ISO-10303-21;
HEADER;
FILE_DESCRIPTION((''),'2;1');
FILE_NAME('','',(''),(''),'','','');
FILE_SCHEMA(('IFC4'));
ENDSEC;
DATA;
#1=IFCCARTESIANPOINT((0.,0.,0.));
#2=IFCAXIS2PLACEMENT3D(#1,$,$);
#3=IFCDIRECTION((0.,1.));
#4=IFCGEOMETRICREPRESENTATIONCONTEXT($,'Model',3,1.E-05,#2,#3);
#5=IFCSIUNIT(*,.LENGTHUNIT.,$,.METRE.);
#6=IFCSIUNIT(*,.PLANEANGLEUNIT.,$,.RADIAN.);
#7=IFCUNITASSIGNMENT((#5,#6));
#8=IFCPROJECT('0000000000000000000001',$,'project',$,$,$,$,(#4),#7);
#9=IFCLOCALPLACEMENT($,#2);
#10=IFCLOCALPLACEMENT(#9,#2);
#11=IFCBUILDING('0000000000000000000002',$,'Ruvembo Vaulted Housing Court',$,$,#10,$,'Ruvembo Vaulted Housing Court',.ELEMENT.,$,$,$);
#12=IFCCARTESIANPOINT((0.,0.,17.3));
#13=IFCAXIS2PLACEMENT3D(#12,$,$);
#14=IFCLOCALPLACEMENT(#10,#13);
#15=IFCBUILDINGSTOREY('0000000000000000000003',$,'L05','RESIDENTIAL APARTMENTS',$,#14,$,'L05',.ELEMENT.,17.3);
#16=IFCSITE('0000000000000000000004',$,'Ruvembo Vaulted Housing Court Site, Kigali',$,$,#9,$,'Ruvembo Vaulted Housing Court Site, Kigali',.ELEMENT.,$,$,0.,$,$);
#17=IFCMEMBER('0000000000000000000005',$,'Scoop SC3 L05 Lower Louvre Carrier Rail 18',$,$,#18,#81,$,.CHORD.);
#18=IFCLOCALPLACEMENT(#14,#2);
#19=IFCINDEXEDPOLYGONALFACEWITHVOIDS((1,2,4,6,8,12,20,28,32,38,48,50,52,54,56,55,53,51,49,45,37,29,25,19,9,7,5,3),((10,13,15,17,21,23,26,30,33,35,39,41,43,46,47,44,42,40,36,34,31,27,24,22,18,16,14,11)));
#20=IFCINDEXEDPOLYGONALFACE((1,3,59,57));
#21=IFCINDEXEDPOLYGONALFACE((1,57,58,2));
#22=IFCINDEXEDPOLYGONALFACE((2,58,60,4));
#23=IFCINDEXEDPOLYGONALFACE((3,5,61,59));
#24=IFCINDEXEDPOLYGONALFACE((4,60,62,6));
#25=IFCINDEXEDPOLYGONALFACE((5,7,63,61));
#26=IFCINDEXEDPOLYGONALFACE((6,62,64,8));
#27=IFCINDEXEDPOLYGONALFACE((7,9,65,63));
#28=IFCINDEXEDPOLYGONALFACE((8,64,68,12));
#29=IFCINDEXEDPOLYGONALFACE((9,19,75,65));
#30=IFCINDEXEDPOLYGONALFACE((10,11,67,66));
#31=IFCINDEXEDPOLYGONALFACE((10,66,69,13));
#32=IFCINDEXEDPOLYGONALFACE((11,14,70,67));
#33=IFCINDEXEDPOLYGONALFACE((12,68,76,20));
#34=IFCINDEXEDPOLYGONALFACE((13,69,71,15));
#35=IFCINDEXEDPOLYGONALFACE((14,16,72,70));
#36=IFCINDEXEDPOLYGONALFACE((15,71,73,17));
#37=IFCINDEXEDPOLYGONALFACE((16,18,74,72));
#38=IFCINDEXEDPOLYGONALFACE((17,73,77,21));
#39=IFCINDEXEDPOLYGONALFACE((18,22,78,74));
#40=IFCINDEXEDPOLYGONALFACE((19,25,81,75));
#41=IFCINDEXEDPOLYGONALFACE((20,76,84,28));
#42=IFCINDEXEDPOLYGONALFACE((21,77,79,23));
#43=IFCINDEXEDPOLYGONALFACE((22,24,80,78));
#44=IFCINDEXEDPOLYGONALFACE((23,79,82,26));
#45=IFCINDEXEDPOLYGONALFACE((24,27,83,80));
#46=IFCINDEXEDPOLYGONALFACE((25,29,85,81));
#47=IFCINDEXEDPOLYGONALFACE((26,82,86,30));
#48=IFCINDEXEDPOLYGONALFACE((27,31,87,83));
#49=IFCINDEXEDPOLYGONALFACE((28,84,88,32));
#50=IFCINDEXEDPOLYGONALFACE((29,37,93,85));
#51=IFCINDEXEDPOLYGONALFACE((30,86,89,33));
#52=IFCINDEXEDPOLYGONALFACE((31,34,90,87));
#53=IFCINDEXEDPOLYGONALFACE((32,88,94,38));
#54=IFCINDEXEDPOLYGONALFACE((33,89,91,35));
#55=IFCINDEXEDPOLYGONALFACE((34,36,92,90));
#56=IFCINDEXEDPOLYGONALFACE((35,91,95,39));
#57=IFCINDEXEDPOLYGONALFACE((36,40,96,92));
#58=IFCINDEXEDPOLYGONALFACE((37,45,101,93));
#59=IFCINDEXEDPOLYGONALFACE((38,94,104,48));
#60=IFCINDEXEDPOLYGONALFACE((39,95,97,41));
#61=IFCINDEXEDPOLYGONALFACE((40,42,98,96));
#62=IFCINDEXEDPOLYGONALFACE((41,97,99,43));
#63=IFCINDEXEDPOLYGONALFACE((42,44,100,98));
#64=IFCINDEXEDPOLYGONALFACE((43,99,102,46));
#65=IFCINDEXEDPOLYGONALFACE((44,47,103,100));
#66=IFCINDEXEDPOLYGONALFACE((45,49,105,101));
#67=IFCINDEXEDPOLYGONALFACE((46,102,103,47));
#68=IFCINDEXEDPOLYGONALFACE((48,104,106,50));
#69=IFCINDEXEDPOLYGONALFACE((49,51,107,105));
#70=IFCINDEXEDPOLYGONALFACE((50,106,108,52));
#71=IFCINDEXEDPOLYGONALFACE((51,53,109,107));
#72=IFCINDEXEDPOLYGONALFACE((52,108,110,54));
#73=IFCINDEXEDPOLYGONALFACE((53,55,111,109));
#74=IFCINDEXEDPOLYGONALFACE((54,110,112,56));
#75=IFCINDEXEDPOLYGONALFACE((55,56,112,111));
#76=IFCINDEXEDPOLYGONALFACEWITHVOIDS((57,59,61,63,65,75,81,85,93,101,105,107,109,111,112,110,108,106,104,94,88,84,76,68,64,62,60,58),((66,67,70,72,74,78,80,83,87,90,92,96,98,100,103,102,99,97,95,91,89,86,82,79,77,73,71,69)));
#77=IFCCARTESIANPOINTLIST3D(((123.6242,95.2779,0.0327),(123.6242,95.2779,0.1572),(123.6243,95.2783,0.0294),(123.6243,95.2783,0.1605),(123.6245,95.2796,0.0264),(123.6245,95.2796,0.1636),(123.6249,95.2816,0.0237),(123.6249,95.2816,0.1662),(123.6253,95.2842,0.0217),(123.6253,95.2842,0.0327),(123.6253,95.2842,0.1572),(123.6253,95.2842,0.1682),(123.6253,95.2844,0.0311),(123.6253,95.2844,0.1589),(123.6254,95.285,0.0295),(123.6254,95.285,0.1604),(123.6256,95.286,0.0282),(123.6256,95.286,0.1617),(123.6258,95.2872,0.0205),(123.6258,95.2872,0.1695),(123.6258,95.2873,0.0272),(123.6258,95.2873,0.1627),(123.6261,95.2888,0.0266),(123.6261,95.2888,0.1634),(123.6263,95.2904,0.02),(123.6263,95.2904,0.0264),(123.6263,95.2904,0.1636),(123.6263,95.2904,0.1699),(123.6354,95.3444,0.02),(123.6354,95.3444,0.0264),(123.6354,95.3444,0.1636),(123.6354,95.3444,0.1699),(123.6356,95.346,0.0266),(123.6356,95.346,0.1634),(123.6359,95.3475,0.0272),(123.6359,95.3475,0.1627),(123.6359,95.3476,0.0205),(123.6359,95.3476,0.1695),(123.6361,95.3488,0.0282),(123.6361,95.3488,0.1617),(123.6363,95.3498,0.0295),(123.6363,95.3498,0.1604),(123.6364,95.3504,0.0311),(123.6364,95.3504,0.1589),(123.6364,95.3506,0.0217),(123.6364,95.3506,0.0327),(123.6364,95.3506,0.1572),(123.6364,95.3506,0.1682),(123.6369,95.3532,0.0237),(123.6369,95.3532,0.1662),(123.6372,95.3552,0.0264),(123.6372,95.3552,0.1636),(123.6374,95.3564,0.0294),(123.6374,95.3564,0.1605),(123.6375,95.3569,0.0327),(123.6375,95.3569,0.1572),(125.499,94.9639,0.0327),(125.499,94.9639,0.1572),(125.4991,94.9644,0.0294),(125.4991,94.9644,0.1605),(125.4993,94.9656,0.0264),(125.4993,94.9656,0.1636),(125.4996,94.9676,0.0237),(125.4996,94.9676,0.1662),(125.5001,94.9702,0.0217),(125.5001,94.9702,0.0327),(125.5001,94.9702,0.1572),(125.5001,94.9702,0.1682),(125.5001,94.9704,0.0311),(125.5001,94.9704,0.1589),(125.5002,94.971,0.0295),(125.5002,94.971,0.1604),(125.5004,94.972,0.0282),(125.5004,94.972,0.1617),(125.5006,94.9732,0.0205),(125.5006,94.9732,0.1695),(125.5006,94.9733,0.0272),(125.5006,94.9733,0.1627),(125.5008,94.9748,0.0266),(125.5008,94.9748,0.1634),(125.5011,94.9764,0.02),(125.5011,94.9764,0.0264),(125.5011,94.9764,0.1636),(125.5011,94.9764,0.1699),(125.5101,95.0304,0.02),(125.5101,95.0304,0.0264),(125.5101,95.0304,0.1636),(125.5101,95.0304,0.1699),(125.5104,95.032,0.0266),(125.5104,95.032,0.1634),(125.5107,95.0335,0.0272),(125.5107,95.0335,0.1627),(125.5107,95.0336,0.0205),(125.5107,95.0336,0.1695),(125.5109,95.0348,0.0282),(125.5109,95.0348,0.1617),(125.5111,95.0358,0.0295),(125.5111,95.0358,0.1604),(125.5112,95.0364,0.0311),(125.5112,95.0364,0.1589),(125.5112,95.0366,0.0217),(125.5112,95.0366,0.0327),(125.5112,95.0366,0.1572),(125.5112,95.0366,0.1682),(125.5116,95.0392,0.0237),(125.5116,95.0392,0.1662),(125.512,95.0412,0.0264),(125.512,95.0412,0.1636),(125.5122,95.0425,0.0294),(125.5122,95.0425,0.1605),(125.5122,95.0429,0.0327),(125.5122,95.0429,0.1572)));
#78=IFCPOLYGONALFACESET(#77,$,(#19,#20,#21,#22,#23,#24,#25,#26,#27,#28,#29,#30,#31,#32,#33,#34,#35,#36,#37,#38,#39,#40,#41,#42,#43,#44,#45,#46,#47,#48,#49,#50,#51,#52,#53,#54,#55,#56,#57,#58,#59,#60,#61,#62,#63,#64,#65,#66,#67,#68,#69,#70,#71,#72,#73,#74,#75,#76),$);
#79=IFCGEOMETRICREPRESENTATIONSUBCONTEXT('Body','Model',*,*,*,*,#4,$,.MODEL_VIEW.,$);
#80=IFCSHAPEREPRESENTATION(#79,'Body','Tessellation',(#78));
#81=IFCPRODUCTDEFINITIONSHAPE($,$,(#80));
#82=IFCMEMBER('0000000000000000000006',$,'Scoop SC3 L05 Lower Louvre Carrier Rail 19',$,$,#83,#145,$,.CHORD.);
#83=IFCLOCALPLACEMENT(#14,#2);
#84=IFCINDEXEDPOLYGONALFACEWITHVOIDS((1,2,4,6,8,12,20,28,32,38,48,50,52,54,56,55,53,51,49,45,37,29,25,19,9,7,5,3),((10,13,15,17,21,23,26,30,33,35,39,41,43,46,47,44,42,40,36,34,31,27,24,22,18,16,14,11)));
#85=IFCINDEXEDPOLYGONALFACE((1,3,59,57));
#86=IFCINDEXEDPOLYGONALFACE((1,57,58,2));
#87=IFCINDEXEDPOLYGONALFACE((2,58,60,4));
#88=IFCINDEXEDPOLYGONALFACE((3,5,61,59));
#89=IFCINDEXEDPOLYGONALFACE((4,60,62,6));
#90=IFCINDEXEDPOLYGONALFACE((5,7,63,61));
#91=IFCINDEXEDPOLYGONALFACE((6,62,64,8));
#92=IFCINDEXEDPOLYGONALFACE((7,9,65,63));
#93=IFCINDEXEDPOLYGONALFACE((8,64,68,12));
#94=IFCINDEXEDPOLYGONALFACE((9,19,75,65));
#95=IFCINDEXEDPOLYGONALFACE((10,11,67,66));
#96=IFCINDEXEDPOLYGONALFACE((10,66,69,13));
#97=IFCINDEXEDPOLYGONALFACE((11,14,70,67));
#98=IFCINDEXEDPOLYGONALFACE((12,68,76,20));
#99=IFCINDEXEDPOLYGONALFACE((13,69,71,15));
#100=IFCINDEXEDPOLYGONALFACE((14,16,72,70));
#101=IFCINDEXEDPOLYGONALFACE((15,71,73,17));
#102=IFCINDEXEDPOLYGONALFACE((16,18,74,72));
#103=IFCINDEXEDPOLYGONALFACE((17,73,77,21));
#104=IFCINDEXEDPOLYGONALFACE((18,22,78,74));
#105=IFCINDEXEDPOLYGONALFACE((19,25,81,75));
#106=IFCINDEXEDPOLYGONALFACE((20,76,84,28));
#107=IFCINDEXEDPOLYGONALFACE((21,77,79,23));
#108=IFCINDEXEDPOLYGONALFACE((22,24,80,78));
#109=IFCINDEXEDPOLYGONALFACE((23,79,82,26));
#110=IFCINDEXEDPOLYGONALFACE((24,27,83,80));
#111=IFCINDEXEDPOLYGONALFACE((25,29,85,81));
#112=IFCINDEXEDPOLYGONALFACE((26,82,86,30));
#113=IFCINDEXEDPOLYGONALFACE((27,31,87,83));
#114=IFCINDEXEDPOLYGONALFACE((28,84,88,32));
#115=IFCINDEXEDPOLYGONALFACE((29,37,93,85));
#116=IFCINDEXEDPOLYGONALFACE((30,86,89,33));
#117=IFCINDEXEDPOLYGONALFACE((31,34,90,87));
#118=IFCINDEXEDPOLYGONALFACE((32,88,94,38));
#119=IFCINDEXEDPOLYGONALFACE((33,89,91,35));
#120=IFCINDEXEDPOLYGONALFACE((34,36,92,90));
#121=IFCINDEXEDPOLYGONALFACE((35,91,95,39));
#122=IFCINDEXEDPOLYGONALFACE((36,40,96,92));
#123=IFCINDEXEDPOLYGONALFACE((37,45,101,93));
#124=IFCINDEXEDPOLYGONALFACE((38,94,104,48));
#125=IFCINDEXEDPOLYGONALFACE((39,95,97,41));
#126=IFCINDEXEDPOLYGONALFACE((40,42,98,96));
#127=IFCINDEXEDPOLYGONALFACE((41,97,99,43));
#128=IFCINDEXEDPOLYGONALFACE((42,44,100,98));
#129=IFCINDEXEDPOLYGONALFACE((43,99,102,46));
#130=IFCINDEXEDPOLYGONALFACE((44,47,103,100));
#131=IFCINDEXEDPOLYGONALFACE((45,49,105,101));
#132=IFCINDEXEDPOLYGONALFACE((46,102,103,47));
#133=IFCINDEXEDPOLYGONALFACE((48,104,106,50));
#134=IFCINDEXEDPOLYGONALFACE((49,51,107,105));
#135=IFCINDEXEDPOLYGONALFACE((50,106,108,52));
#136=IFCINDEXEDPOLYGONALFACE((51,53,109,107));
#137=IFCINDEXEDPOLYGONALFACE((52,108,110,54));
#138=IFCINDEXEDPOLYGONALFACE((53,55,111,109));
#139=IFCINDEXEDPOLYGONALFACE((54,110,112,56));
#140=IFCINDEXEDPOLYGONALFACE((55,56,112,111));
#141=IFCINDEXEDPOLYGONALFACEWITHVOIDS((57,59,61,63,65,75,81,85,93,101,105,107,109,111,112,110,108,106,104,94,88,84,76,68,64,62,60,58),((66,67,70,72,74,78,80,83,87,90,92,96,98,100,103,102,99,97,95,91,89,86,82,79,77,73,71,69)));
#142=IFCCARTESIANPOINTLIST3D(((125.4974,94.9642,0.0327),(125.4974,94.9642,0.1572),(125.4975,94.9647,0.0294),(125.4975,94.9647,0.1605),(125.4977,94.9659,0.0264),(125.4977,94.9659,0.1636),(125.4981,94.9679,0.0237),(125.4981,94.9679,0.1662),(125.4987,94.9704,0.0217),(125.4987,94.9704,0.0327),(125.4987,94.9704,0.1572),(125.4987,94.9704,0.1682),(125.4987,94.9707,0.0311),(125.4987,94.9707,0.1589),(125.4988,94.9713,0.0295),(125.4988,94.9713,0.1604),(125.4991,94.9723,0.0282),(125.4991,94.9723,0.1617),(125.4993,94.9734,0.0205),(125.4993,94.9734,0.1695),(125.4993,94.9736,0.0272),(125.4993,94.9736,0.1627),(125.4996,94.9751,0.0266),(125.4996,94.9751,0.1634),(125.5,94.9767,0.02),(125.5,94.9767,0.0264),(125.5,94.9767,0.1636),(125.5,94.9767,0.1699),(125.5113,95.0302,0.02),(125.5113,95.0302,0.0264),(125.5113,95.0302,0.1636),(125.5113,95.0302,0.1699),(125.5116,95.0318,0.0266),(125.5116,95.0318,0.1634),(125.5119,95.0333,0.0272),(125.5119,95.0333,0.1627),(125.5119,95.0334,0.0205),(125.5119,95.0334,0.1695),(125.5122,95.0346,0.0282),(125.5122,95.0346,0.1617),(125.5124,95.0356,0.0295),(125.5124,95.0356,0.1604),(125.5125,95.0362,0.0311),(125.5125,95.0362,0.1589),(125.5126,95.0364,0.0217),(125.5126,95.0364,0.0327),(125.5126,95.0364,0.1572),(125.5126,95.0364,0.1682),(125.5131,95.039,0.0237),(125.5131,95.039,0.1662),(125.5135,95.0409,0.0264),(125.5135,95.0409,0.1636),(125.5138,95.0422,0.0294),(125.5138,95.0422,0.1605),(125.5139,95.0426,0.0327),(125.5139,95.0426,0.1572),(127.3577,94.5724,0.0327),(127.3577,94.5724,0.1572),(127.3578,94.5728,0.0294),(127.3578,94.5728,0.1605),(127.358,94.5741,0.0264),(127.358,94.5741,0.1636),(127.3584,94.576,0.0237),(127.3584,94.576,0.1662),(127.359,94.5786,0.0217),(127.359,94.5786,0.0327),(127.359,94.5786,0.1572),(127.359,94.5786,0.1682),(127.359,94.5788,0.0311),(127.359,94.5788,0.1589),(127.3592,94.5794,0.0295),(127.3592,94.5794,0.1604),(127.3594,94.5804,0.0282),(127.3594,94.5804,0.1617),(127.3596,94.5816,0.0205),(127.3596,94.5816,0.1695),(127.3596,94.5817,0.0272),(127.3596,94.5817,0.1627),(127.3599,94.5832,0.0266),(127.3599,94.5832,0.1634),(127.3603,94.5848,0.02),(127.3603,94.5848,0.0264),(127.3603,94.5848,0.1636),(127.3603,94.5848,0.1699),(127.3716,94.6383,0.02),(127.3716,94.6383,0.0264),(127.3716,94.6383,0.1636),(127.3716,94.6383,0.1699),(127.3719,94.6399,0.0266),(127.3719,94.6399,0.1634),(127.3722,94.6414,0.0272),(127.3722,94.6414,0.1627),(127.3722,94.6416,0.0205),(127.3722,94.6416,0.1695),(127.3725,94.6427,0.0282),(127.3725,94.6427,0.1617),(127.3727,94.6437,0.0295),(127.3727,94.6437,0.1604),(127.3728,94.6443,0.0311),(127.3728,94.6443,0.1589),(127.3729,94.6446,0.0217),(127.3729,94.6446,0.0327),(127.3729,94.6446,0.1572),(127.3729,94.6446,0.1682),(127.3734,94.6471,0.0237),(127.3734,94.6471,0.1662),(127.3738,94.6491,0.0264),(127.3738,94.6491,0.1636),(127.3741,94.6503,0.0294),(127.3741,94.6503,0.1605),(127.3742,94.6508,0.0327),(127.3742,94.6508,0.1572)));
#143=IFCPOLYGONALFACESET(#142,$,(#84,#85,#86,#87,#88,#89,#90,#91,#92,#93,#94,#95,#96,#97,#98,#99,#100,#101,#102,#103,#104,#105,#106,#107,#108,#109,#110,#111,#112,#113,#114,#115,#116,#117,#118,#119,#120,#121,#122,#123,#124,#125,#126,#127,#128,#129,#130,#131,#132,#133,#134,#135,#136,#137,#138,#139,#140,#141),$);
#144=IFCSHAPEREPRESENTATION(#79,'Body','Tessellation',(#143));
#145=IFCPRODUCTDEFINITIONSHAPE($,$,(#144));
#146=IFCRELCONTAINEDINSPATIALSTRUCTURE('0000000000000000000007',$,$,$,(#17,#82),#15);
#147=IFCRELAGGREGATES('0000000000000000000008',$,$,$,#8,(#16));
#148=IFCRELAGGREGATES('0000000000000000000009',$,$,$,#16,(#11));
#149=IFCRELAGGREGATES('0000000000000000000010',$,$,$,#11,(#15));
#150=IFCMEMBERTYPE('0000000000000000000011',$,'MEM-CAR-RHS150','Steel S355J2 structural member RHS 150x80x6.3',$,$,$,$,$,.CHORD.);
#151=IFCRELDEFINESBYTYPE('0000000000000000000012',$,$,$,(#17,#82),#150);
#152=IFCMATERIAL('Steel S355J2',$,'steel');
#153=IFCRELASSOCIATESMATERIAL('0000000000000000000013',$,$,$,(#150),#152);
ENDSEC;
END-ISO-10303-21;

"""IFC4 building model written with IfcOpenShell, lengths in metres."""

from ifc_helpers import new_model, si_unit, direction, frame, origin, origin_2d, place, context, subcontext, project, spatial, hollow_rectangle, extrude, material, material_profile, profile_set, type_object, element, save


model = new_model("IFC4")

# Units and contexts
model_context = context("Model", 3, precision=1e-05, world=origin(), true_north=direction((0.0, 1.0)))
body_context = subcontext(model_context, "Body", "Model", "MODEL_VIEW")
ifc_project = project(units=[si_unit("LENGTHUNIT", "METRE"), si_unit("PLANEANGLEUNIT", "RADIAN")], contexts=[model_context])

# Site, building, storey
site_placement = place(None, origin())
site = spatial("IfcSite", under=ifc_project, at=site_placement, Name="Ruvembo Vaulted Housing Court Site, Kigali", LongName="Ruvembo Vaulted Housing Court Site, Kigali", CompositionType="ELEMENT", RefElevation=0.0)
building_placement = place(site_placement, origin())
building = spatial("IfcBuilding", under=site, at=building_placement, Name="Ruvembo Vaulted Housing Court", LongName="Ruvembo Vaulted Housing Court", CompositionType="ELEMENT")
storey_placement = place(building_placement, frame((0.0, 0.0, 17.3)))
storey = spatial("IfcBuildingStorey", under=building, at=storey_placement, Name="L05", Description="RESIDENTIAL APARTMENTS", LongName="L05", CompositionType="ELEMENT", Elevation=17.3)

# Shared definitions
ifc_material_1 = material(Name="Steel S355J2", Category="steel")

# Members
ifc_material_profile_1 = material_profile(ifc_material_1, hollow_rectangle(XDim=0.0801, YDim=0.1499, WallThickness=0.0063, InnerFilletRadius=0.0063, OuterFilletRadius=0.0127, at=origin_2d()), Name="RHS 150x80x6.3")
ifc_profile_set_1 = profile_set([ifc_material_profile_1], Name="Steel S355J2")
member_type_1 = type_object("IfcMemberType", Name="MEM-CAR-RHS150", Description="Steel S355J2 structural member RHS 150x80x6.3", PredefinedType="CHORD", material=ifc_profile_set_1)
member_1_placement = place(storey_placement, frame((123.6309, 95.3174, 0.095), z_axis=(0.986265, -0.16517, 0.0), x_axis=(0.16517, 0.986265, 0.0)))
element("IfcMember", 1, at=member_1_placement, inside=storey, type_object=member_type_1, Name="Scoop SC3 L05 Lower Louvre Carrier Rail 18", PredefinedType="CHORD", context=body_context, shape_type="SweptSolid", body=[
    extrude(hollow_rectangle(XDim=0.0801, YDim=0.1499, WallThickness=0.0063, InnerFilletRadius=0.0063, OuterFilletRadius=0.0127, at=origin_2d()), origin(), (0.0, 0.0, 1.0), 1.9009),
])
member_2_placement = place(storey_placement, frame((125.5056, 95.0034, 0.095), z_axis=(0.978529, -0.206108, 0.0), x_axis=(0.206108, 0.978529, 0.0)))
element("IfcMember", 2, at=member_2_placement, inside=storey, type_object=member_type_1, Name="Scoop SC3 L05 Lower Louvre Carrier Rail 19", PredefinedType="CHORD", context=body_context, shape_type="SweptSolid", body=[
    extrude(hollow_rectangle(XDim=0.0801, YDim=0.1499, WallThickness=0.0063, InnerFilletRadius=0.0063, OuterFilletRadius=0.0127, at=origin_2d()), origin(), (0.0, 0.0, 1.0), 1.9011),
])

save(model, "model.ifc")
